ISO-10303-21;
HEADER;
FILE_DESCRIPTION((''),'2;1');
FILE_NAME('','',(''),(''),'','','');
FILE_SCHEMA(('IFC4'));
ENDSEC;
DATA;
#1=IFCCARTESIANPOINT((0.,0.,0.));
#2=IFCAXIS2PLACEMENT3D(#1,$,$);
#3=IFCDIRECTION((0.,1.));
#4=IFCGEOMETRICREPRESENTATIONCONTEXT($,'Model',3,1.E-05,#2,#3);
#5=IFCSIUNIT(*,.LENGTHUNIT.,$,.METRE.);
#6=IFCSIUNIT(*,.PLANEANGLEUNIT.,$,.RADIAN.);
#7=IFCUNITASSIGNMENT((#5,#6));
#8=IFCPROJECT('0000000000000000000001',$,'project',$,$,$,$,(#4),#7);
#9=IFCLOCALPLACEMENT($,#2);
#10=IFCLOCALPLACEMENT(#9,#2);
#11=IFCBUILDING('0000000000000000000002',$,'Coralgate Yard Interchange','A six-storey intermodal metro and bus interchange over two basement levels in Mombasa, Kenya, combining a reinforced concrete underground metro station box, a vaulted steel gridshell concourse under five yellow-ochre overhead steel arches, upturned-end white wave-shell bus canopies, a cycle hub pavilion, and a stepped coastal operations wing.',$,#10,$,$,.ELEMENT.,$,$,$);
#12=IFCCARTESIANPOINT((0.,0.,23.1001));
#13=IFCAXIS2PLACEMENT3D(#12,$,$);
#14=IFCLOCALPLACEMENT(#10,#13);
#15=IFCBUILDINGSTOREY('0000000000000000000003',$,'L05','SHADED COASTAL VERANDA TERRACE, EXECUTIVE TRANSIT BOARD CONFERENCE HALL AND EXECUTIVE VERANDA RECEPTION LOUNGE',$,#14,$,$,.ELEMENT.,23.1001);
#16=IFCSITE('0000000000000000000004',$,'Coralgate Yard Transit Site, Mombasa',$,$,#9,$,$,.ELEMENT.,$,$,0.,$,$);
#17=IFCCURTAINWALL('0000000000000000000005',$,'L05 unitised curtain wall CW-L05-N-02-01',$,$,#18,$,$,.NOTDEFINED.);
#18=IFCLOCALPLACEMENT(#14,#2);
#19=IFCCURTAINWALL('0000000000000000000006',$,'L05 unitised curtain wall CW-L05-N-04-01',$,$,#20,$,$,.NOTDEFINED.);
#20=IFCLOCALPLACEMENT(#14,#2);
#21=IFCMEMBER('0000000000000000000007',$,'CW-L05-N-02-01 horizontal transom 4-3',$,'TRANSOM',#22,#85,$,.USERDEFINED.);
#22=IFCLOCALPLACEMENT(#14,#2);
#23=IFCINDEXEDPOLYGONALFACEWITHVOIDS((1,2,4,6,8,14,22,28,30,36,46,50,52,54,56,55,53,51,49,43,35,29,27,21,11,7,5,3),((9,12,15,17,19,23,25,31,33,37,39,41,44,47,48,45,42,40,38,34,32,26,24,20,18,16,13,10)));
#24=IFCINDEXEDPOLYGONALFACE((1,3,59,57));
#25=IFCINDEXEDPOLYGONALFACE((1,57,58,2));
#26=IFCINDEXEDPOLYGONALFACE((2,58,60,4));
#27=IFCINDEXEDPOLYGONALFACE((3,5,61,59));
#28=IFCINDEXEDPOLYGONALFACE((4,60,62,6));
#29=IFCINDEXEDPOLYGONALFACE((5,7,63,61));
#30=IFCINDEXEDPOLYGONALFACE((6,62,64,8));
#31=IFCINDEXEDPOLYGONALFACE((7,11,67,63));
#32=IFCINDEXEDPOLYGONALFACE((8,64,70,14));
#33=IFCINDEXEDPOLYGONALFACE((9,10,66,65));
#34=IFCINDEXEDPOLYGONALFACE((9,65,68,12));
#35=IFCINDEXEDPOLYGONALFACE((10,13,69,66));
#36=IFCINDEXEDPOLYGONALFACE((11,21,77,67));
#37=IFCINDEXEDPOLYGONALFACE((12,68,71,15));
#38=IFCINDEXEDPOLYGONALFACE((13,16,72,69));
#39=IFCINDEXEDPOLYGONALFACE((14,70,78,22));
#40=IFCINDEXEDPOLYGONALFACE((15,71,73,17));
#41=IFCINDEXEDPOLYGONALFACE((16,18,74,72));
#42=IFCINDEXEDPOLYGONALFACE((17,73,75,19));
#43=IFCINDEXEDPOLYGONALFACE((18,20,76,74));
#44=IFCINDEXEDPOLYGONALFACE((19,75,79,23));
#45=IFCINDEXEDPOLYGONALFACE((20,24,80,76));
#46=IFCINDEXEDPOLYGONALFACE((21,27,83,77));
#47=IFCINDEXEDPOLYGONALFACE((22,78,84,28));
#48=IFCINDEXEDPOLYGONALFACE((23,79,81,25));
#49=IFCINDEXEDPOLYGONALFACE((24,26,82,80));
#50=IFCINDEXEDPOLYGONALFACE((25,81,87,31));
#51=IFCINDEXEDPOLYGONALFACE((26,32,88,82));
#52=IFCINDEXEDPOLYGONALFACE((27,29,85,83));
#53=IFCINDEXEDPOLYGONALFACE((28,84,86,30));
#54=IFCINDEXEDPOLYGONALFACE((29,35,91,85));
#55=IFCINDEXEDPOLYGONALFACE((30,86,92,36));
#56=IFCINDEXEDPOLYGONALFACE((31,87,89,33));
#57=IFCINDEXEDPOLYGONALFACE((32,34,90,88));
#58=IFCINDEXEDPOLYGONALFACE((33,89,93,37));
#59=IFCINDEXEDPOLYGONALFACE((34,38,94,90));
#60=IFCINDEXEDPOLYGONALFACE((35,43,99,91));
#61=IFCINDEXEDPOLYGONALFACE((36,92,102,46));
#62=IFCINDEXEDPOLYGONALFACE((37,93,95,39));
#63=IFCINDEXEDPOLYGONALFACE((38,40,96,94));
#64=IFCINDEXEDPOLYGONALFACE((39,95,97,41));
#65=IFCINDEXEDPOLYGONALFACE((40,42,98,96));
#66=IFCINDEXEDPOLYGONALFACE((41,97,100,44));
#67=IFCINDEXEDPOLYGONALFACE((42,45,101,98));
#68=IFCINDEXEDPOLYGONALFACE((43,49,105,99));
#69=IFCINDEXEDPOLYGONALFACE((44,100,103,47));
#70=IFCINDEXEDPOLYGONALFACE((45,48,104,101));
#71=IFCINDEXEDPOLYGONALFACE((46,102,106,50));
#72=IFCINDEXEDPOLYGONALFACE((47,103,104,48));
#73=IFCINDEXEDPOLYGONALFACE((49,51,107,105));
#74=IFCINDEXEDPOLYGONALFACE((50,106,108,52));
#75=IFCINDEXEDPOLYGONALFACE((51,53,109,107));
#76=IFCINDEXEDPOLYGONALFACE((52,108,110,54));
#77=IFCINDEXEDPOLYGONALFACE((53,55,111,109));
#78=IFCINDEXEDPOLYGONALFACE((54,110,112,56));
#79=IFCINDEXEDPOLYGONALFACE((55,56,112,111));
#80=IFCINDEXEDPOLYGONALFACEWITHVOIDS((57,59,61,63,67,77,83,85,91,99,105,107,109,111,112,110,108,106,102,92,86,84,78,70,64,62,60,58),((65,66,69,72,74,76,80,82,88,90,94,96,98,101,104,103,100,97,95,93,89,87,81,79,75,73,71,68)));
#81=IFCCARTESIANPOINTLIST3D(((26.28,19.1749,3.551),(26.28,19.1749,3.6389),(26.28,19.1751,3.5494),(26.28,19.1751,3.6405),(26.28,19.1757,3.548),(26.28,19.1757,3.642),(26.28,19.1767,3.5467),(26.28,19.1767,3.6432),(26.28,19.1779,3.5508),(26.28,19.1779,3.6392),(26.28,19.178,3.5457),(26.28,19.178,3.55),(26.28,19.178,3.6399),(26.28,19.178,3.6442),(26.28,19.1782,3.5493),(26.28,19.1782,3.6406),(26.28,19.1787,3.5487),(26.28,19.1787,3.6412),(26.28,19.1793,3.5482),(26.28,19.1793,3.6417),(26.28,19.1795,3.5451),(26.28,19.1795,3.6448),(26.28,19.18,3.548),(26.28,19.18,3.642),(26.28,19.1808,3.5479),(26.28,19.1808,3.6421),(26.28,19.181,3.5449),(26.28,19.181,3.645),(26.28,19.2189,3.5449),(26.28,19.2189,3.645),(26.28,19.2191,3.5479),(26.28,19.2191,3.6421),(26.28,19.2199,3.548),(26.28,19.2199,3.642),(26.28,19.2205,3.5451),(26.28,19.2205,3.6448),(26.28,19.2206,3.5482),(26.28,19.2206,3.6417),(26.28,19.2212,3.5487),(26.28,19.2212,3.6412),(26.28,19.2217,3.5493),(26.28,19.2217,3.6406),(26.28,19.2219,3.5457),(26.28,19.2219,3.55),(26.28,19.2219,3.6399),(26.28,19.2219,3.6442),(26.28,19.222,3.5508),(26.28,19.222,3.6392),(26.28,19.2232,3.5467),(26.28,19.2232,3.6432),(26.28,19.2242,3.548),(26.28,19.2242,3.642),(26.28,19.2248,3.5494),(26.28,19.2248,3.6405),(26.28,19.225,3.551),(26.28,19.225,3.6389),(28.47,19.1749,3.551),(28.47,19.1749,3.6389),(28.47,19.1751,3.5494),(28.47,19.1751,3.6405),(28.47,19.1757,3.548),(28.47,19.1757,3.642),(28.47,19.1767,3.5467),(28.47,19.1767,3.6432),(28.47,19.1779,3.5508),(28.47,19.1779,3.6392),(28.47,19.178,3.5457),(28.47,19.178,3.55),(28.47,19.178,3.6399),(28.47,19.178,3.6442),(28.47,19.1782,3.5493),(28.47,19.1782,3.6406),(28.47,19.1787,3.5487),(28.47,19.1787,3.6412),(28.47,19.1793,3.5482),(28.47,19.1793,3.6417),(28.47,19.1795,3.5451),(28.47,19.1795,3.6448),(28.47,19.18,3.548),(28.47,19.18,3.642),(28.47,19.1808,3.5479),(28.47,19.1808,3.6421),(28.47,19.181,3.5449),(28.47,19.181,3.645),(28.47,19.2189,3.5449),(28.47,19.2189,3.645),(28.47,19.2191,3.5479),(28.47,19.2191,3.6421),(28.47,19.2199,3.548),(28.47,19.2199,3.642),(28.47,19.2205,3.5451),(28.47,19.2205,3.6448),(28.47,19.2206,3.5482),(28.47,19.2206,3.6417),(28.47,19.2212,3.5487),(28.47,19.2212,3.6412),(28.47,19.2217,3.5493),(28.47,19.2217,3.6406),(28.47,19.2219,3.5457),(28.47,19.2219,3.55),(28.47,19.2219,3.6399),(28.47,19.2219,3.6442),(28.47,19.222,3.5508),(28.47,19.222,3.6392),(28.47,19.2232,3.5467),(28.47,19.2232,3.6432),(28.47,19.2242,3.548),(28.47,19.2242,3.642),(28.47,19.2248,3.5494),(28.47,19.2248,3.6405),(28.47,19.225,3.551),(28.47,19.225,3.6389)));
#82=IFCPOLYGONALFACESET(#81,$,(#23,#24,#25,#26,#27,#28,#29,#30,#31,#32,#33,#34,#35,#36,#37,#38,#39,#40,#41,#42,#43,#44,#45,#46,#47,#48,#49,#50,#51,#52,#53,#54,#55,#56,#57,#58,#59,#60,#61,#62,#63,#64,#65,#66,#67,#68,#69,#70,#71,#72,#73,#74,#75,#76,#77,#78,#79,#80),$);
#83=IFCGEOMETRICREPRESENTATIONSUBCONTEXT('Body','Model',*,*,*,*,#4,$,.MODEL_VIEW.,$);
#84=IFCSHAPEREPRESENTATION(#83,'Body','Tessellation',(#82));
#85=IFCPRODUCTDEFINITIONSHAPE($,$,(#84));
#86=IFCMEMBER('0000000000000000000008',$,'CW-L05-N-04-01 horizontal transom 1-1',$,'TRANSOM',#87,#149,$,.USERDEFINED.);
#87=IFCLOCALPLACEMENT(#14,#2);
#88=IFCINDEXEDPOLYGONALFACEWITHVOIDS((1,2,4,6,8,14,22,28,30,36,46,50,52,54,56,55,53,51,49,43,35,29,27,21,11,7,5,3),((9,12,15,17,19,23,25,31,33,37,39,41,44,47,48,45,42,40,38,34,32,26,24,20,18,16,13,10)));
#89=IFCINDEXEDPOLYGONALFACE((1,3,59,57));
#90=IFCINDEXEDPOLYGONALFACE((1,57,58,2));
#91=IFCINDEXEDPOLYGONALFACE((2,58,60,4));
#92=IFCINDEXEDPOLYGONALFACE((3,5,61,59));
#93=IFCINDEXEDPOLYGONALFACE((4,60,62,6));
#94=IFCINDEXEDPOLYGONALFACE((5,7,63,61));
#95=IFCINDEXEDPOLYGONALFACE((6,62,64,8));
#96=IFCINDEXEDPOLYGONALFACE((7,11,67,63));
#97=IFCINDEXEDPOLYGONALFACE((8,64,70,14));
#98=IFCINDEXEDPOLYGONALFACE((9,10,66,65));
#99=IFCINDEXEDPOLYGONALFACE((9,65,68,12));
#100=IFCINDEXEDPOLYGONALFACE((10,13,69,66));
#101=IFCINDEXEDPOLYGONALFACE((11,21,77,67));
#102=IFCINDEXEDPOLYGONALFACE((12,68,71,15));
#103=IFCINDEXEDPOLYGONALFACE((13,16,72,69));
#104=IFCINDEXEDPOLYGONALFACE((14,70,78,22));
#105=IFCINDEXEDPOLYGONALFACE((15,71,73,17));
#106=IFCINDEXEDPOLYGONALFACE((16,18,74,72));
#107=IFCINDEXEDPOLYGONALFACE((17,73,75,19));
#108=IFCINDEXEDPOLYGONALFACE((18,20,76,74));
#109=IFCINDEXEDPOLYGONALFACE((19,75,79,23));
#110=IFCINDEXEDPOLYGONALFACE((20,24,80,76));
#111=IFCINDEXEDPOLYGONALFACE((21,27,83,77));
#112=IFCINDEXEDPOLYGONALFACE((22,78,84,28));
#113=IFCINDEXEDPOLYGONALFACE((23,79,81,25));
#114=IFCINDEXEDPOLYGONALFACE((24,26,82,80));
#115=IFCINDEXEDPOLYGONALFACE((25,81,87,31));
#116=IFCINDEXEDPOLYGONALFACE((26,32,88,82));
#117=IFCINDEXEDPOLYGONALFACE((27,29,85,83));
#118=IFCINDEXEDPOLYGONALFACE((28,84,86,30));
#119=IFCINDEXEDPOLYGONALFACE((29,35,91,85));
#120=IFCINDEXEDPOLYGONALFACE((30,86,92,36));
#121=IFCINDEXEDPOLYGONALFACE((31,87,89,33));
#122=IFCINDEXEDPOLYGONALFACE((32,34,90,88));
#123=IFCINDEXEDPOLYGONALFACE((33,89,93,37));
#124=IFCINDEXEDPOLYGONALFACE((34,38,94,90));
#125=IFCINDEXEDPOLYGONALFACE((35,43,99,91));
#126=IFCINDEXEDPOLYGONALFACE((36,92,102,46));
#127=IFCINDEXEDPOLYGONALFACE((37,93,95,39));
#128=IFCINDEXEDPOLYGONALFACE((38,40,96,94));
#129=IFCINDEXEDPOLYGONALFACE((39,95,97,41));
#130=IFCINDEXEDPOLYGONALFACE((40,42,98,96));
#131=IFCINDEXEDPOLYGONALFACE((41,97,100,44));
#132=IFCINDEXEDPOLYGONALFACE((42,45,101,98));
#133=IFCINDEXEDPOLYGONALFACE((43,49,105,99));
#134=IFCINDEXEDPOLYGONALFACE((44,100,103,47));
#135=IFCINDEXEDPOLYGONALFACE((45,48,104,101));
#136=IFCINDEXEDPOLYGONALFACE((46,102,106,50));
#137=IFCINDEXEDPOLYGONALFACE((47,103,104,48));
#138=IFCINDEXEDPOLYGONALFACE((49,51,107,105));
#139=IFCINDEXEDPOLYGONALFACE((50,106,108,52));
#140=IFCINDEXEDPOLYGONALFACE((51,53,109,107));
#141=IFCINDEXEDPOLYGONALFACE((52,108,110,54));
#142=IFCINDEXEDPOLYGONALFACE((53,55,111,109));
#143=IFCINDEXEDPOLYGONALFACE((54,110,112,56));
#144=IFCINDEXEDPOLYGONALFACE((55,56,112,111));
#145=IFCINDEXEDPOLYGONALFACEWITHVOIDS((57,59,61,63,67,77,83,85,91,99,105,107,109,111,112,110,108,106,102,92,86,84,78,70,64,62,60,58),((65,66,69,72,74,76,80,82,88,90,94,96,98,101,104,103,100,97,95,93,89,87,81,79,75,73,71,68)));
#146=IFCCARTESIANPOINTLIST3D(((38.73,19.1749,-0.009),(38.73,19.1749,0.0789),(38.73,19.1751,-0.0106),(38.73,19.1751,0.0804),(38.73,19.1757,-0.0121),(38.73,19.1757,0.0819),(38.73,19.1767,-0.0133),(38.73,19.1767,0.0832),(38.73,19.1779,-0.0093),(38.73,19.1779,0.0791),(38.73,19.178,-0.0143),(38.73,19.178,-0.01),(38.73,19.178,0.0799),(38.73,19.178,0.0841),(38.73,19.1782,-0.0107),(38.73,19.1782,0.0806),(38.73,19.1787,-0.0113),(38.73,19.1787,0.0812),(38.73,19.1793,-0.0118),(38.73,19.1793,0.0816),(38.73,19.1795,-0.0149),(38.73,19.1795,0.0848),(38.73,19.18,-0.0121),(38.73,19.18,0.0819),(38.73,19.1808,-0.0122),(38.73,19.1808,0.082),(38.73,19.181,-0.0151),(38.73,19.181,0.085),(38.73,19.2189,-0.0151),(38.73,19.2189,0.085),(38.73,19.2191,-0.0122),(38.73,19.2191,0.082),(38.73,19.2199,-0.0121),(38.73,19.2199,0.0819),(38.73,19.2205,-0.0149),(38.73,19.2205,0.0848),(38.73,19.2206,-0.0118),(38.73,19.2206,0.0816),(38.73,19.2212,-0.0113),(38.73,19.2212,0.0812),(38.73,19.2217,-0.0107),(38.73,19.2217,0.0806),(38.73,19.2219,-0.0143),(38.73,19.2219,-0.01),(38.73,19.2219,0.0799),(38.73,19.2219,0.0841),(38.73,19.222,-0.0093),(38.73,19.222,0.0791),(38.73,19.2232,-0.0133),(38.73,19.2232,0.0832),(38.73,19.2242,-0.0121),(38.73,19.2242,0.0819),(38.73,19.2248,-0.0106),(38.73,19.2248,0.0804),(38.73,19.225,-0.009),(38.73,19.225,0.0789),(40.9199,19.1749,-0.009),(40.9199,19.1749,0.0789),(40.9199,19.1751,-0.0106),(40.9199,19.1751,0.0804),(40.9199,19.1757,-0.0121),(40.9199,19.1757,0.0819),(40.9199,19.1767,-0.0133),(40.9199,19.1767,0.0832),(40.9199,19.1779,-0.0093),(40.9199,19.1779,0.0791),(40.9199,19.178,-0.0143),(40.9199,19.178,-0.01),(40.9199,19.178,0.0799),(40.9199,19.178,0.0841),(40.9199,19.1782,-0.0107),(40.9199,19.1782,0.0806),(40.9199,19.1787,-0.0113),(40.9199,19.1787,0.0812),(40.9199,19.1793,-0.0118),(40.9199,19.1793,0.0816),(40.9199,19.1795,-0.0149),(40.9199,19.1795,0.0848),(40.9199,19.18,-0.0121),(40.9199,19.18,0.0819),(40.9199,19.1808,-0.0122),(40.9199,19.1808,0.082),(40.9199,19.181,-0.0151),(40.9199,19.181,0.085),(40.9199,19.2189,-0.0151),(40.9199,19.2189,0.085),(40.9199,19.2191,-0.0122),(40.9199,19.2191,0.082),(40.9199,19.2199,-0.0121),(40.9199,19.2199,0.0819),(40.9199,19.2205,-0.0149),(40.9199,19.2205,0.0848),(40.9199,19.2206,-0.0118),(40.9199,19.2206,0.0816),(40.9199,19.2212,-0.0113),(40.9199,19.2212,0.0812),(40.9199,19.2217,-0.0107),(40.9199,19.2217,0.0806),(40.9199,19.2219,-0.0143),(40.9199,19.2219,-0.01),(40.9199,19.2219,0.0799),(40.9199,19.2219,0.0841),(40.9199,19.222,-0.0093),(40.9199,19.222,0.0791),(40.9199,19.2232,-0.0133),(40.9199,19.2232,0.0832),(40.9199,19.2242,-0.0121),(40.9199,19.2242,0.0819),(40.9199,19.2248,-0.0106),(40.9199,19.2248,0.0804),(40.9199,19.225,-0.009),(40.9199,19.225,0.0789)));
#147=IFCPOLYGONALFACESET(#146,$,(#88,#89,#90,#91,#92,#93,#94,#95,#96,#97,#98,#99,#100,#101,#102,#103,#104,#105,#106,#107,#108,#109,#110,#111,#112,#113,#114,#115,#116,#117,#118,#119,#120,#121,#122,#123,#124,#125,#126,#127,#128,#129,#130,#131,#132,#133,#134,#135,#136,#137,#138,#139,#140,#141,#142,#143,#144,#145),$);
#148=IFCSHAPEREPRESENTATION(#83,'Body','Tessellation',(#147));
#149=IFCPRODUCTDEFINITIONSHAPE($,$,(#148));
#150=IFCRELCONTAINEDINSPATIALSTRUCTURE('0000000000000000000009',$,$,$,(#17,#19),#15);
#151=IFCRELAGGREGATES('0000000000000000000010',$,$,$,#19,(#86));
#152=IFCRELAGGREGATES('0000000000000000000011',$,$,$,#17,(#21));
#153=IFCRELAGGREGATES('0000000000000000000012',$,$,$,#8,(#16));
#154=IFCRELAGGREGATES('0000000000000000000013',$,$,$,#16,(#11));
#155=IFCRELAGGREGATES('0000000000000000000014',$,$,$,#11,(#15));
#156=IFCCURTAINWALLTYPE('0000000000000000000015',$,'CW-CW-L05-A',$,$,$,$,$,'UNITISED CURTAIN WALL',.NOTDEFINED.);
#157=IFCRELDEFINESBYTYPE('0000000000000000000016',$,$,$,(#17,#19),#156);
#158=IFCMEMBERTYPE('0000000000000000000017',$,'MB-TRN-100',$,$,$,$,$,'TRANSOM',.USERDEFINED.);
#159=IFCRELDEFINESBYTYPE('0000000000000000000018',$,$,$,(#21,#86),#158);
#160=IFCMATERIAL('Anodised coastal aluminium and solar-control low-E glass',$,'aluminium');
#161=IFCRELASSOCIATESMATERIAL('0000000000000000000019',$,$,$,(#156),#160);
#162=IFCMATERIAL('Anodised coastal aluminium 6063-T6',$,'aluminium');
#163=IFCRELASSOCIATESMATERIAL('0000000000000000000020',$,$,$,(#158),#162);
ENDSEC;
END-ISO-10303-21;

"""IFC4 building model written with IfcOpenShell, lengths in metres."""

from ifc_helpers import new_model, si_unit, direction, frame, origin, origin_2d, place, context, subcontext, project, spatial, hollow_rectangle, extrude, material, material_profile, profile_set, type_object, element, aggregate, save


model = new_model("IFC4")

# Units and contexts
model_context = context("Model", 3, precision=1e-05, world=origin(), true_north=direction((0.0, 1.0)))
body_context = subcontext(model_context, "Body", "Model", "MODEL_VIEW")
ifc_project = project(units=[si_unit("LENGTHUNIT", "METRE"), si_unit("PLANEANGLEUNIT", "RADIAN")], contexts=[model_context])

# Site, building, storey
site_placement = place(None, origin())
site = spatial("IfcSite", under=ifc_project, at=site_placement, Name="Coralgate Yard Transit Site, Mombasa", CompositionType="ELEMENT", RefElevation=0.0)
building_placement = place(site_placement, origin())
building = spatial("IfcBuilding", under=site, at=building_placement, Name="Coralgate Yard Interchange", Description="A six-storey intermodal metro and bus interchange over two basement levels in Mombasa, Kenya, combining a reinforced concrete underground metro station box, a vaulted steel gridshell concourse under five yellow-ochre overhead steel arches, upturned-end white wave-shell bus canopies, a cycle hub pavilion, and a stepped coastal operations wing.", CompositionType="ELEMENT")
storey_placement = place(building_placement, frame((0.0, 0.0, 23.1001)))
storey = spatial("IfcBuildingStorey", under=building, at=storey_placement, Name="L05", Description="SHADED COASTAL VERANDA TERRACE, EXECUTIVE TRANSIT BOARD CONFERENCE HALL AND EXECUTIVE VERANDA RECEPTION LOUNGE", CompositionType="ELEMENT", Elevation=23.1001)

# Curtain wall
ifc_material_1 = material(Name="Anodised coastal aluminium and solar-control low-E glass", Category="aluminium")
curtain_wall_type = type_object("IfcCurtainWallType", Name="CW-CW-L05-A", ElementType="UNITISED CURTAIN WALL", PredefinedType="NOTDEFINED", material=ifc_material_1)
curtain_wall_1_placement = place(storey_placement, origin())
curtain_wall_1 = element("IfcCurtainWall", 1, at=curtain_wall_1_placement, inside=storey, type_object=curtain_wall_type, Name="L05 unitised curtain wall CW-L05-N-02-01", PredefinedType="NOTDEFINED")
ifc_material_2 = material(Name="Anodised coastal aluminium 6063-T6", Category="aluminium")

# Curtain wall
curtain_wall_2_placement = place(storey_placement, origin())
curtain_wall_2 = element("IfcCurtainWall", 2, at=curtain_wall_2_placement, inside=storey, type_object=curtain_wall_type, Name="L05 unitised curtain wall CW-L05-N-04-01", PredefinedType="NOTDEFINED")

# Members
ifc_material_profile_1 = material_profile(ifc_material_2, hollow_rectangle(XDim=0.05, YDim=0.1001, WallThickness=0.0029, InnerFilletRadius=0.0029, OuterFilletRadius=0.0061, at=origin_2d()), Name="ALU 50x100x3")
ifc_profile_set_1 = profile_set([ifc_material_profile_1], Name="Anodised coastal aluminium 6063-T6")
member_type_1 = type_object("IfcMemberType", Name="MB-TRN-100", ElementType="TRANSOM", PredefinedType="USERDEFINED", material=ifc_profile_set_1)
member_1_placement = place(storey_placement, frame((26.28, 19.2, 3.595), z_axis=(1.0, 0.0, 0.0), x_axis=(0.0, 1.0, 0.0)))
member_1 = element("IfcMember", 3, at=member_1_placement, type_object=member_type_1, Name="CW-L05-N-02-01 horizontal transom 4-3", ObjectType="TRANSOM", PredefinedType="USERDEFINED", context=body_context, shape_type="SweptSolid", body=[
    extrude(hollow_rectangle(XDim=0.05, YDim=0.1001, WallThickness=0.0029, InnerFilletRadius=0.0029, OuterFilletRadius=0.0061, at=origin_2d()), origin(), (0.0, 0.0, 1.0), 2.1899),
])
member_2_placement = place(storey_placement, frame((38.73, 19.2, 0.0349), z_axis=(1.0, 0.0, 0.0), x_axis=(0.0, 1.0, 0.0)))
member_2 = element("IfcMember", 4, at=member_2_placement, type_object=member_type_1, Name="CW-L05-N-04-01 horizontal transom 1-1", ObjectType="TRANSOM", PredefinedType="USERDEFINED", context=body_context, shape_type="SweptSolid", body=[
    extrude(hollow_rectangle(XDim=0.05, YDim=0.1001, WallThickness=0.0029, InnerFilletRadius=0.0029, OuterFilletRadius=0.0061, at=origin_2d()), origin(), (0.0, 0.0, 1.0), 2.1899),
])
aggregate(curtain_wall_2, [member_2])

aggregate(curtain_wall_1, [member_1])

save(model, "model.ifc")
